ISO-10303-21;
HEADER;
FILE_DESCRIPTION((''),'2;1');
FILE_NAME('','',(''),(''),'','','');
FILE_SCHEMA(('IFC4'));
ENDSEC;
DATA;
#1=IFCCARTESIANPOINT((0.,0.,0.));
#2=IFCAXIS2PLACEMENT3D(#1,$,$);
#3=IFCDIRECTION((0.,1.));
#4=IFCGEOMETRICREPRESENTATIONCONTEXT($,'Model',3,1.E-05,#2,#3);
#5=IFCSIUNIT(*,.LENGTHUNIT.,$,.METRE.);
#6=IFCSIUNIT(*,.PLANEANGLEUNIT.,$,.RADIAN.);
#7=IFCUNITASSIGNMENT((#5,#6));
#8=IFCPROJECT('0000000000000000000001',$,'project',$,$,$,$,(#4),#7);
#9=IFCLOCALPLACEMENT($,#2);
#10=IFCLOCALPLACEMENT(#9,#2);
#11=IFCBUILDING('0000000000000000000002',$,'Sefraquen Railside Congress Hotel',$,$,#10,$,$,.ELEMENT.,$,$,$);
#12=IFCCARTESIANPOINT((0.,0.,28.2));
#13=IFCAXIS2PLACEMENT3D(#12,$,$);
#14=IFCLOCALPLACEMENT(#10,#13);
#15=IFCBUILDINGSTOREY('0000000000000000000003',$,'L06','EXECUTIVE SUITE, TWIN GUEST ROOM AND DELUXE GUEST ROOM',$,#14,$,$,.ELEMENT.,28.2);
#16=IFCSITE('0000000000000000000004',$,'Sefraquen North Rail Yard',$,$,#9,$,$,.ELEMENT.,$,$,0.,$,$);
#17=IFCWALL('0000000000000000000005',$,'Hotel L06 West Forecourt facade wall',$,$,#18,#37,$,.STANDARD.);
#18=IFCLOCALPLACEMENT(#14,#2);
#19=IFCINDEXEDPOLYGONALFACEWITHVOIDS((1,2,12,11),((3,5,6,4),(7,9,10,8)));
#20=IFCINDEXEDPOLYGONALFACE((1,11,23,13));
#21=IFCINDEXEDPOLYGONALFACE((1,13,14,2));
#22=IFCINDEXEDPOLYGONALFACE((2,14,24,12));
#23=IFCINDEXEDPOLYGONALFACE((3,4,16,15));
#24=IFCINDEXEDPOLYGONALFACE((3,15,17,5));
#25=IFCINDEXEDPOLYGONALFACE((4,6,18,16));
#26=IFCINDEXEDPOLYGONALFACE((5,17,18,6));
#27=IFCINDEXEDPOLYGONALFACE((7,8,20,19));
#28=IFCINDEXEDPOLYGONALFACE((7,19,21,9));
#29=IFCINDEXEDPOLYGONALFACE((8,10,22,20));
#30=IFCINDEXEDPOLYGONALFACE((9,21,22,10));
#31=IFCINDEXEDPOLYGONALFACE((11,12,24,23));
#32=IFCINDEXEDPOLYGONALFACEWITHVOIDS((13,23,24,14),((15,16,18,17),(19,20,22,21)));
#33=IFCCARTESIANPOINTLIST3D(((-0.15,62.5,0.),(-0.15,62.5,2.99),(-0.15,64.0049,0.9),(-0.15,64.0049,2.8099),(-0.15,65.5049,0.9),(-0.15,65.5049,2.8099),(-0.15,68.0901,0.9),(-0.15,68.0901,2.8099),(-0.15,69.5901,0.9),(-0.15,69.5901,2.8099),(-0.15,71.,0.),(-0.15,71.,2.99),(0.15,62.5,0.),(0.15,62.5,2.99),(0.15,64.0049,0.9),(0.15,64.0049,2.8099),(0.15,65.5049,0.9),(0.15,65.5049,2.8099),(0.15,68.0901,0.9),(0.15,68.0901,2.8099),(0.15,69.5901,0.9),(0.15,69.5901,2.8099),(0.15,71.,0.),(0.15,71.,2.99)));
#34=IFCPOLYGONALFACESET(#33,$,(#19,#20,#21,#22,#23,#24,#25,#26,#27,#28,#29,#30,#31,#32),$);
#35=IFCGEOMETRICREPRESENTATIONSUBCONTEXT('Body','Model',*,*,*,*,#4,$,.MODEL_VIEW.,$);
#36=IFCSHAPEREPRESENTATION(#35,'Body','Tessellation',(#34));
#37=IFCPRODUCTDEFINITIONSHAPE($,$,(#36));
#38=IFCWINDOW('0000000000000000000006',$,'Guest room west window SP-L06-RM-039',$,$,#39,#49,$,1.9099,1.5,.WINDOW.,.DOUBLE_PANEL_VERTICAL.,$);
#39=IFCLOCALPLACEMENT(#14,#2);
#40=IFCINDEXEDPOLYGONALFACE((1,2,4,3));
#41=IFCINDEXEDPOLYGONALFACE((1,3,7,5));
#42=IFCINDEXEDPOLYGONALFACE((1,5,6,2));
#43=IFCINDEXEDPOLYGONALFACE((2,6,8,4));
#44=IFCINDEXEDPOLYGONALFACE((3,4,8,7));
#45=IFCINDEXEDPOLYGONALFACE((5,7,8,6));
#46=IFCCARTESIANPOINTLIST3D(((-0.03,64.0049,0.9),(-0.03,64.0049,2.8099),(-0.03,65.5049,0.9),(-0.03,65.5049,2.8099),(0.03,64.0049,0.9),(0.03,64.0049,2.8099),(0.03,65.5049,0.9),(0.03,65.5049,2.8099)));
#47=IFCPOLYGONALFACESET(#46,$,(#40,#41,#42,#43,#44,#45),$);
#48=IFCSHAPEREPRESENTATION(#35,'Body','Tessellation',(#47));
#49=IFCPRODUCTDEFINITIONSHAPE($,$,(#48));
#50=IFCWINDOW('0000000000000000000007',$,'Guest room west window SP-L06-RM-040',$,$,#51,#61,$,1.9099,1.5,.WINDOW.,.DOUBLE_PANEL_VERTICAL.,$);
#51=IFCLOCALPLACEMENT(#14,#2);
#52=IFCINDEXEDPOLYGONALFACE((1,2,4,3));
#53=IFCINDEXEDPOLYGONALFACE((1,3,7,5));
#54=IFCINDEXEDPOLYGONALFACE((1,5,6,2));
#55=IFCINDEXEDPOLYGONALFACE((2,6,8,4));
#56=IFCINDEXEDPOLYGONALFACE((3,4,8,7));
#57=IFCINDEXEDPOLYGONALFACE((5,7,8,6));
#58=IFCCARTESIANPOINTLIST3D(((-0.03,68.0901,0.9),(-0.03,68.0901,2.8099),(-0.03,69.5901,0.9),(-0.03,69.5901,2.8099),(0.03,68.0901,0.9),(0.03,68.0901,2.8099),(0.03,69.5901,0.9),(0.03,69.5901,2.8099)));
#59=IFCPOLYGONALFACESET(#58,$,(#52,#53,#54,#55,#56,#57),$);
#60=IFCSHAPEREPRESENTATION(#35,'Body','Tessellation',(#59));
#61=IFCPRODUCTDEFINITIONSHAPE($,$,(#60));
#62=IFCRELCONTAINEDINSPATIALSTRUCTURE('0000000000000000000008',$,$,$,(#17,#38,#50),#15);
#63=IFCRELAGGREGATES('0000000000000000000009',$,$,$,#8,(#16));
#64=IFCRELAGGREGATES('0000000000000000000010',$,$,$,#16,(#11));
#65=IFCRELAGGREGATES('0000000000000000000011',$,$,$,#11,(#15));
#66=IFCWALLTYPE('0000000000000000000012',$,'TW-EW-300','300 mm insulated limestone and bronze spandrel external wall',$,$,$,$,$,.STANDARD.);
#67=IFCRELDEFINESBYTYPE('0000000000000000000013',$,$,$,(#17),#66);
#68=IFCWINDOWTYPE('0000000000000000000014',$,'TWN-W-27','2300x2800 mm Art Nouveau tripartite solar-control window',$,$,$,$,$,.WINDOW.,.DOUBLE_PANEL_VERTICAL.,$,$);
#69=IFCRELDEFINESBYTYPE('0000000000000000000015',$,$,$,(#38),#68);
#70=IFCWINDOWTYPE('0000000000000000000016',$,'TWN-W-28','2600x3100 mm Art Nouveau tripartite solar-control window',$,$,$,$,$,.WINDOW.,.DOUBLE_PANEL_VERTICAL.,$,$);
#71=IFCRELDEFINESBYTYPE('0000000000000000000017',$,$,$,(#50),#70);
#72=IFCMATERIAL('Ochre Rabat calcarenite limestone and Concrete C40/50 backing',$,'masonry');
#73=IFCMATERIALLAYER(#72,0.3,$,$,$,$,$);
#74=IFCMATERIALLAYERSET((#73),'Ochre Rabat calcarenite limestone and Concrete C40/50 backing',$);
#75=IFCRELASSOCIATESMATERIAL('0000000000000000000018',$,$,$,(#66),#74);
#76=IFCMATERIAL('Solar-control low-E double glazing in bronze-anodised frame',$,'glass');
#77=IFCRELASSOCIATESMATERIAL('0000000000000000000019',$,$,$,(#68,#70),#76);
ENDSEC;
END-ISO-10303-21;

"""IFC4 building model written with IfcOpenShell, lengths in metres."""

from ifc_helpers import new_model, si_unit, direction, frame, frame_2d, origin, place, context, subcontext, project, spatial, rectangle, extrude, material, layer, layer_set, type_object, element, fill, save


model = new_model("IFC4")

# Units and contexts
model_context = context("Model", 3, precision=1e-05, world=origin(), true_north=direction((0.0, 1.0)))
body_context = subcontext(model_context, "Body", "Model", "MODEL_VIEW")
ifc_project = project(units=[si_unit("LENGTHUNIT", "METRE"), si_unit("PLANEANGLEUNIT", "RADIAN")], contexts=[model_context])

# Site, building, storey
site_placement = place(None, origin())
site = spatial("IfcSite", under=ifc_project, at=site_placement, Name="Sefraquen North Rail Yard", CompositionType="ELEMENT", RefElevation=0.0)
building_placement = place(site_placement, origin())
building = spatial("IfcBuilding", under=site, at=building_placement, Name="Sefraquen Railside Congress Hotel", CompositionType="ELEMENT")
storey_placement = place(building_placement, frame((0.0, 0.0, 28.2)))
storey = spatial("IfcBuildingStorey", under=building, at=storey_placement, Name="L06", Description="EXECUTIVE SUITE, TWIN GUEST ROOM AND DELUXE GUEST ROOM", CompositionType="ELEMENT", Elevation=28.2)

# Shared definitions
ifc_material_1 = material(Name="Ochre Rabat calcarenite limestone and Concrete C40/50 backing", Category="masonry")

# Wall, openings, windows
ifc_layer_1 = layer(ifc_material_1, 0.3)
ifc_layer_set_1 = layer_set([ifc_layer_1], Name="Ochre Rabat calcarenite limestone and Concrete C40/50 backing")
wall_type_1 = type_object("IfcWallType", Name="TW-EW-300", Description="300 mm insulated limestone and bronze spandrel external wall", PredefinedType="STANDARD", material=ifc_layer_set_1)
wall_1_placement = place(storey_placement, frame((0.0, 62.5, 0.0), z_axis=(0.0, 0.0, 1.0), x_axis=(0.0, 1.0, 0.0)))
wall_1 = element("IfcWall", 1, at=wall_1_placement, inside=storey, type_object=wall_type_1, Name="Hotel L06 West Forecourt facade wall", PredefinedType="STANDARD", context=body_context, shape_type="SweptSolid", body=[
    extrude(rectangle(XDim=8.5, YDim=0.3, at=frame_2d((4.25, 0.0))), origin(), (0.0, 0.0, 1.0), 2.99),
])
opening_1_placement = place(wall_1_placement, frame((1.5049, 0.0, 0.8999)))
opening_1 = element("IfcOpeningElement", 2, at=opening_1_placement, cuts=wall_1, PredefinedType="OPENING", context=body_context, shape_type="SweptSolid", body=[
    extrude(rectangle(XDim=1.5, YDim=1.9099, at=frame_2d((0.75, 0.9551))), frame((0.0, 0.1599, 0.0), z_axis=(0.0, -1.0, 0.0), x_axis=(1.0, 0.0, 0.0)), (0.0, 0.0, 1.0), 0.3201),
])
opening_2_placement = place(wall_1_placement, frame((5.5901, 0.0, 0.8999)))
opening_2 = element("IfcOpeningElement", 3, at=opening_2_placement, cuts=wall_1, PredefinedType="OPENING", context=body_context, shape_type="SweptSolid", body=[
    extrude(rectangle(XDim=1.5, YDim=1.9099, at=frame_2d((0.75, 0.9551))), frame((0.0, 0.1599, 0.0), z_axis=(0.0, -1.0, 0.0), x_axis=(1.0, 0.0, 0.0)), (0.0, 0.0, 1.0), 0.3201),
])
ifc_material_2 = material(Name="Solar-control low-E double glazing in bronze-anodised frame", Category="glass")
window_type_1 = type_object("IfcWindowType", Name="TWN-W-27", Description="2300x2800 mm Art Nouveau tripartite solar-control window", PartitioningType="DOUBLE_PANEL_VERTICAL", PredefinedType="WINDOW", material=ifc_material_2)
window_1_placement = place(opening_1_placement, origin())
window_1 = element("IfcWindow", 4, at=window_1_placement, inside=storey, type_object=window_type_1, Name="Guest room west window SP-L06-RM-039", OverallHeight=1.9099, OverallWidth=1.5, PartitioningType="DOUBLE_PANEL_VERTICAL", PredefinedType="WINDOW", context=body_context, shape_type="SweptSolid", body=[
    extrude(rectangle(XDim=1.5, YDim=1.9099, at=frame_2d((0.75, 0.9551))), frame((0.0, 0.03, 0.0), z_axis=(0.0, -1.0, 0.0), x_axis=(1.0, 0.0, 0.0)), (0.0, 0.0, 1.0), 0.0601),
])
fill(opening_1, window_1)
window_type_2 = type_object("IfcWindowType", Name="TWN-W-28", Description="2600x3100 mm Art Nouveau tripartite solar-control window", PartitioningType="DOUBLE_PANEL_VERTICAL", PredefinedType="WINDOW", material=ifc_material_2)
window_2_placement = place(opening_2_placement, origin())
window_2 = element("IfcWindow", 5, at=window_2_placement, inside=storey, type_object=window_type_2, Name="Guest room west window SP-L06-RM-040", OverallHeight=1.9099, OverallWidth=1.5, PartitioningType="DOUBLE_PANEL_VERTICAL", PredefinedType="WINDOW", context=body_context, shape_type="SweptSolid", body=[
    extrude(rectangle(XDim=1.5, YDim=1.9099, at=frame_2d((0.75, 0.9551))), frame((0.0, 0.03, 0.0), z_axis=(0.0, -1.0, 0.0), x_axis=(1.0, 0.0, 0.0)), (0.0, 0.0, 1.0), 0.0601),
])
fill(opening_2, window_2)

save(model, "model.ifc")
